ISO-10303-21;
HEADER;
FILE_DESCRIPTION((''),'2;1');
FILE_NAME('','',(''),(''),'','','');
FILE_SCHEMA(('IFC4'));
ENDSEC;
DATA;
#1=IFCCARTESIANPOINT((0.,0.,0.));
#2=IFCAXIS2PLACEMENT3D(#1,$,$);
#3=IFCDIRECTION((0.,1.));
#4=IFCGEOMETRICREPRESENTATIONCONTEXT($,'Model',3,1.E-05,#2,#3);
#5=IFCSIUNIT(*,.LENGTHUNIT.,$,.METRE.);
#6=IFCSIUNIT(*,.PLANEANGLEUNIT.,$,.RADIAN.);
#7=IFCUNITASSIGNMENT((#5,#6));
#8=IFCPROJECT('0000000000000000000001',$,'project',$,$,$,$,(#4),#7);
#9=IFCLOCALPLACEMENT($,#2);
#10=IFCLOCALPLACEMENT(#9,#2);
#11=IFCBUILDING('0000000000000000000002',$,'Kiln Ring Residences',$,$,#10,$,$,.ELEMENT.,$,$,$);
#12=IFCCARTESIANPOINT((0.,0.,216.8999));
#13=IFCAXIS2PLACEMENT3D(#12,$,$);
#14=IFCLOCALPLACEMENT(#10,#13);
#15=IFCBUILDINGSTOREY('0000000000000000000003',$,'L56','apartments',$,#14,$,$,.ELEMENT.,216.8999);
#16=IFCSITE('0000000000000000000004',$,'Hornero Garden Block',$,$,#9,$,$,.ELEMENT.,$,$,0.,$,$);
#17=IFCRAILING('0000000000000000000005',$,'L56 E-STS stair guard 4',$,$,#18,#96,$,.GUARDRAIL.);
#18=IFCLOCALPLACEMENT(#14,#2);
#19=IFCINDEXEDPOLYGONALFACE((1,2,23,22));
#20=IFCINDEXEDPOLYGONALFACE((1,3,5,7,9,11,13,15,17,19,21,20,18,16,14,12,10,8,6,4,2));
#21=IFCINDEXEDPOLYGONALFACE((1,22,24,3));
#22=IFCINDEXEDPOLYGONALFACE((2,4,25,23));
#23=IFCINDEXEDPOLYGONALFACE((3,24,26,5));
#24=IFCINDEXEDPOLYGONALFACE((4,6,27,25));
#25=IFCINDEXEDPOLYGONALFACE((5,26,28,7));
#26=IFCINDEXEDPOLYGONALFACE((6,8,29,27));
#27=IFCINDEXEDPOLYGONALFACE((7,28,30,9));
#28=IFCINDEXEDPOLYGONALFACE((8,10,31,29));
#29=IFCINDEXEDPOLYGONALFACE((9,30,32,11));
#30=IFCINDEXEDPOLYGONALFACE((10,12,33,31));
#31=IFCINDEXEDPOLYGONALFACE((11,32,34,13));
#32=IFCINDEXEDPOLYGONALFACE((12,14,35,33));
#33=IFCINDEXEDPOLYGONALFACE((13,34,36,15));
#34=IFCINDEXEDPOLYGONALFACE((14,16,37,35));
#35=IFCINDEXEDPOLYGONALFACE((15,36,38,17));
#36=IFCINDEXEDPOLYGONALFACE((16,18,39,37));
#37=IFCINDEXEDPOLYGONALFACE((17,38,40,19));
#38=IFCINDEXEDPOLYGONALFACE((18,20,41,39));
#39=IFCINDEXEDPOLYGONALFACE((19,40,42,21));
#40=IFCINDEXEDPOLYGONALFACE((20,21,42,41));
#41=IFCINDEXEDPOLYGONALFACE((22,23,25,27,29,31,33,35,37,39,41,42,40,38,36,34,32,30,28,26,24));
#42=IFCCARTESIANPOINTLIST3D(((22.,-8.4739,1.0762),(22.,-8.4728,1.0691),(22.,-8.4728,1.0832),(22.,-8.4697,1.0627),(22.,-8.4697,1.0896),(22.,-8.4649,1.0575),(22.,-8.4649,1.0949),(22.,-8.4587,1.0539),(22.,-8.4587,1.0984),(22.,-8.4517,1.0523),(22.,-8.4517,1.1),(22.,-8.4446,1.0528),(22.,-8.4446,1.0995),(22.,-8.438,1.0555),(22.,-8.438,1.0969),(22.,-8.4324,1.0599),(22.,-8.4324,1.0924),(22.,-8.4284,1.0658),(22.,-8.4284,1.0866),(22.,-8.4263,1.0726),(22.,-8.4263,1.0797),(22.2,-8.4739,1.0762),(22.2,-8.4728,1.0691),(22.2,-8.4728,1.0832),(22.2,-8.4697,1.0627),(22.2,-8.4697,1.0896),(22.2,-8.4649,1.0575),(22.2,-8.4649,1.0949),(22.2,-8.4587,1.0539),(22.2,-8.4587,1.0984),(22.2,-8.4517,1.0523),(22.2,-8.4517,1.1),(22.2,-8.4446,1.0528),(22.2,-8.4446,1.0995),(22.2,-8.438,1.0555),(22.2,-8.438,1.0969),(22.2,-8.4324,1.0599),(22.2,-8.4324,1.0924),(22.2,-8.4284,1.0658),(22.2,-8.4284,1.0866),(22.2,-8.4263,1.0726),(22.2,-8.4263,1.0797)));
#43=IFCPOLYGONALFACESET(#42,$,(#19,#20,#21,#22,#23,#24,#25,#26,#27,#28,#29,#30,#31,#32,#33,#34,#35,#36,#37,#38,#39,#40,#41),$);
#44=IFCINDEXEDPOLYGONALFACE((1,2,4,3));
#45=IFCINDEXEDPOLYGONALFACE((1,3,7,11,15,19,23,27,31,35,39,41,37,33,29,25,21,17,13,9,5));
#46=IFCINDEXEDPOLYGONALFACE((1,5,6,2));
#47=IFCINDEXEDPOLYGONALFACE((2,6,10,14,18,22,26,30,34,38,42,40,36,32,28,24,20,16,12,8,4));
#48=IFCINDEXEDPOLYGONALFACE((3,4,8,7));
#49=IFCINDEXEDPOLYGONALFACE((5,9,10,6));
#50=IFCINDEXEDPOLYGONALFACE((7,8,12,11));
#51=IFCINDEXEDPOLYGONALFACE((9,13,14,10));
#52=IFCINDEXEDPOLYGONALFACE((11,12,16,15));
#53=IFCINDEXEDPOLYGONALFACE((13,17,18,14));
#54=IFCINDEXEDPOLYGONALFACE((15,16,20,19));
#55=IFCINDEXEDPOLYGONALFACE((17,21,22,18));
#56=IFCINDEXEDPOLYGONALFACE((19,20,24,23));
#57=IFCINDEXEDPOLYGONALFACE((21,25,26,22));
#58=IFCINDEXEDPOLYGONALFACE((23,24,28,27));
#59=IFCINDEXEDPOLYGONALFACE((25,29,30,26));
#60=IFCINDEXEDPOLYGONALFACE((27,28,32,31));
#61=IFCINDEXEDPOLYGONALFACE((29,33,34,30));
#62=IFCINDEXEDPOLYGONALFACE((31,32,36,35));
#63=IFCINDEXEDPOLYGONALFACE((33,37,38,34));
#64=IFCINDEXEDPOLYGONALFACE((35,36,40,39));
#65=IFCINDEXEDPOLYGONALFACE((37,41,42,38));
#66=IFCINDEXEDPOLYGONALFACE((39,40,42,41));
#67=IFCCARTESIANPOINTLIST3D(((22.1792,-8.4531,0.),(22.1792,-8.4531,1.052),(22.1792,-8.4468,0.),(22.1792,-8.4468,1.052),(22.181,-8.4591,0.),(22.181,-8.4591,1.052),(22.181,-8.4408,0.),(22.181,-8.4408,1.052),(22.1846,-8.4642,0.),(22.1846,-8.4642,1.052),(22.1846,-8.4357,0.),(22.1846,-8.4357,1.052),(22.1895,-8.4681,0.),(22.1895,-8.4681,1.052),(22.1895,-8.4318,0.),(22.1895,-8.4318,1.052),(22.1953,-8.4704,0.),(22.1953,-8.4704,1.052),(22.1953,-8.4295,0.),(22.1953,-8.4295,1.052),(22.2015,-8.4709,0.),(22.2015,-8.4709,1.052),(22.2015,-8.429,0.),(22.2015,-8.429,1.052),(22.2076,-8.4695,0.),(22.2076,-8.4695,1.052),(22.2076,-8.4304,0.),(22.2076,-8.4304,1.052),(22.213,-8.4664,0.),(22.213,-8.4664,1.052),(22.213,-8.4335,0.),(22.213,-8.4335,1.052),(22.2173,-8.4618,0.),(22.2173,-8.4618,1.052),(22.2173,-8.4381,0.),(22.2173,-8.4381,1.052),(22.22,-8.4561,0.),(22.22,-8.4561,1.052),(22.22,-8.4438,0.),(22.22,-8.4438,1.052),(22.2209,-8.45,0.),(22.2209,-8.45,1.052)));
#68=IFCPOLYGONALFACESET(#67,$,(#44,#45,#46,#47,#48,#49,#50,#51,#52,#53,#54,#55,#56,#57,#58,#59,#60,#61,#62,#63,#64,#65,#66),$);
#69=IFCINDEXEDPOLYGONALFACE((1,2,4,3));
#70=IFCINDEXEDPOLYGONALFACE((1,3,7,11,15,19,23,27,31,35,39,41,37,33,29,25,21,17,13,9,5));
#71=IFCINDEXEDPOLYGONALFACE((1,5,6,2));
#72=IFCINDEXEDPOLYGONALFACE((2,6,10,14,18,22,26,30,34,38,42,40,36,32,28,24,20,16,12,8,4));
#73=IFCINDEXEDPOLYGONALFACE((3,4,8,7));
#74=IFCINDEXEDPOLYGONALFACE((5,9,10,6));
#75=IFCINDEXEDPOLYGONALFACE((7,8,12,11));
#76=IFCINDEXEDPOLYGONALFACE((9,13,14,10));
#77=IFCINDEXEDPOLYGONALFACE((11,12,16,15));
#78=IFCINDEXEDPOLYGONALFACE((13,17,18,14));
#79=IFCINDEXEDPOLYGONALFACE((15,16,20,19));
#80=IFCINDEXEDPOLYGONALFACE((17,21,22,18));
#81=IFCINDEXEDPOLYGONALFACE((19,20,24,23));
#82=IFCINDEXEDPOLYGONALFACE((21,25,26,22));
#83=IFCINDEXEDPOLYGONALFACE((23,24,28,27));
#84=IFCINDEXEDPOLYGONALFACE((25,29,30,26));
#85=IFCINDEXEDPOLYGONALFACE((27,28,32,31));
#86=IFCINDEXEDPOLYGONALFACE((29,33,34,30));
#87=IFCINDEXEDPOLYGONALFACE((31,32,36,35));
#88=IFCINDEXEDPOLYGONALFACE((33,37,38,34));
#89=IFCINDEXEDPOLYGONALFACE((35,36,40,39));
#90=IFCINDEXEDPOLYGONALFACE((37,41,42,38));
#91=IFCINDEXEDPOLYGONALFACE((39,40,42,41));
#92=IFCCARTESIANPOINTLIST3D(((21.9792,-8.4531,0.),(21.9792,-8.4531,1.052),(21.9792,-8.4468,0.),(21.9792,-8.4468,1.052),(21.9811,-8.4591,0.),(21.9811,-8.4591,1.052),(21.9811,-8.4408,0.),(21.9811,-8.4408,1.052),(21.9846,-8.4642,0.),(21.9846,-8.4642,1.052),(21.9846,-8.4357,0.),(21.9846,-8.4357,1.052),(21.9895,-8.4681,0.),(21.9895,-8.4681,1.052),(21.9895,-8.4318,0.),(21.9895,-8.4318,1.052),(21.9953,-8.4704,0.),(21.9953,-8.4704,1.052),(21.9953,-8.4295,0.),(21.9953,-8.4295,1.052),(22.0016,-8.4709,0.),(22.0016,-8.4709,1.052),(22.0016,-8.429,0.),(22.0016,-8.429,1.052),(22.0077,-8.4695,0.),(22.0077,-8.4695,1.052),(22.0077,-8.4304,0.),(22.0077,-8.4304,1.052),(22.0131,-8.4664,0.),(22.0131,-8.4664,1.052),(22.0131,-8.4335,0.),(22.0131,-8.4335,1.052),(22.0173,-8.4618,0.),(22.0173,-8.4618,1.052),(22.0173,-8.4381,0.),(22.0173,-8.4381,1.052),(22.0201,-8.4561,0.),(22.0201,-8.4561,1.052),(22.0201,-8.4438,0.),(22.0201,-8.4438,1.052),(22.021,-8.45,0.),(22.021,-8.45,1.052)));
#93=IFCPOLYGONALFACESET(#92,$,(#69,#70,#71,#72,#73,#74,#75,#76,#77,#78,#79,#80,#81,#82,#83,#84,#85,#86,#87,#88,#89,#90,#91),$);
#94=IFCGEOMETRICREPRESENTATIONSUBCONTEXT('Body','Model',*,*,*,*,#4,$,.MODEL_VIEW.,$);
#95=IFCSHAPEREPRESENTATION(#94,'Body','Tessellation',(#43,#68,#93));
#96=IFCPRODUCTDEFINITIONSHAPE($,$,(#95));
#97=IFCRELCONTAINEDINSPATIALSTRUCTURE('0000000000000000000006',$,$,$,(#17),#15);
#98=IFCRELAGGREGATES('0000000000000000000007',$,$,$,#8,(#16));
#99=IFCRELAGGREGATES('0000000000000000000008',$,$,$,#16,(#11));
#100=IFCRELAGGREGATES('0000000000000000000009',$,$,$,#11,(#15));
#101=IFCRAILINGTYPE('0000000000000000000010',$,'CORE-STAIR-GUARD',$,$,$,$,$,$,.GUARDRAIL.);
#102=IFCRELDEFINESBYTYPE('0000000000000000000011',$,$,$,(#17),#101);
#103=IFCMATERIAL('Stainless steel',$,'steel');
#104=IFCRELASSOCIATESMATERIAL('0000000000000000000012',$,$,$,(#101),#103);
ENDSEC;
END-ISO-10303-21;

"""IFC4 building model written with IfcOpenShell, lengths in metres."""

from ifc_helpers import new_model, si_unit, direction, frame, origin, origin_2d, place, context, subcontext, project, spatial, circle, extrude, material, type_object, element, save


model = new_model("IFC4")

# Units and contexts
model_context = context("Model", 3, precision=1e-05, world=origin(), true_north=direction((0.0, 1.0)))
body_context = subcontext(model_context, "Body", "Model", "MODEL_VIEW")
ifc_project = project(units=[si_unit("LENGTHUNIT", "METRE"), si_unit("PLANEANGLEUNIT", "RADIAN")], contexts=[model_context])

# Site, building, storey
site_placement = place(None, origin())
site = spatial("IfcSite", under=ifc_project, at=site_placement, Name="Hornero Garden Block", CompositionType="ELEMENT", RefElevation=0.0)
building_placement = place(site_placement, origin())
building = spatial("IfcBuilding", under=site, at=building_placement, Name="Kiln Ring Residences", CompositionType="ELEMENT")
storey_placement = place(building_placement, frame((0.0, 0.0, 216.8999)))
storey = spatial("IfcBuildingStorey", under=building, at=storey_placement, Name="L56", Description="apartments", CompositionType="ELEMENT", Elevation=216.8999)

# Railing
ifc_material_1 = material(Name="Stainless steel", Category="steel")
railing_type_1 = type_object("IfcRailingType", Name="CORE-STAIR-GUARD", PredefinedType="GUARDRAIL", material=ifc_material_1)
railing_1_placement = place(storey_placement, frame((22.2, -8.45, 0.0)))
element("IfcRailing", 1, at=railing_1_placement, inside=storey, type_object=railing_type_1, Name="L56 E-STS stair guard 4", PredefinedType="GUARDRAIL", context=body_context, shape_type="SweptSolid", body=[
    extrude(circle(Radius=0.0239, at=origin_2d()), frame((0.0, 0.0, 1.0762), z_axis=(-1.0, 0.0, 0.0), x_axis=(0.0, -1.0, 0.0)), (0.0, 0.0, 1.0), 0.2),
    extrude(circle(Radius=0.021, at=origin_2d()), origin(), (0.0, 0.0, 1.0), 1.052),
    extrude(circle(Radius=0.021, at=origin_2d()), frame((-0.2, 0.0, 0.0)), (0.0, 0.0, 1.0), 1.052),
])

save(model, "model.ifc")
